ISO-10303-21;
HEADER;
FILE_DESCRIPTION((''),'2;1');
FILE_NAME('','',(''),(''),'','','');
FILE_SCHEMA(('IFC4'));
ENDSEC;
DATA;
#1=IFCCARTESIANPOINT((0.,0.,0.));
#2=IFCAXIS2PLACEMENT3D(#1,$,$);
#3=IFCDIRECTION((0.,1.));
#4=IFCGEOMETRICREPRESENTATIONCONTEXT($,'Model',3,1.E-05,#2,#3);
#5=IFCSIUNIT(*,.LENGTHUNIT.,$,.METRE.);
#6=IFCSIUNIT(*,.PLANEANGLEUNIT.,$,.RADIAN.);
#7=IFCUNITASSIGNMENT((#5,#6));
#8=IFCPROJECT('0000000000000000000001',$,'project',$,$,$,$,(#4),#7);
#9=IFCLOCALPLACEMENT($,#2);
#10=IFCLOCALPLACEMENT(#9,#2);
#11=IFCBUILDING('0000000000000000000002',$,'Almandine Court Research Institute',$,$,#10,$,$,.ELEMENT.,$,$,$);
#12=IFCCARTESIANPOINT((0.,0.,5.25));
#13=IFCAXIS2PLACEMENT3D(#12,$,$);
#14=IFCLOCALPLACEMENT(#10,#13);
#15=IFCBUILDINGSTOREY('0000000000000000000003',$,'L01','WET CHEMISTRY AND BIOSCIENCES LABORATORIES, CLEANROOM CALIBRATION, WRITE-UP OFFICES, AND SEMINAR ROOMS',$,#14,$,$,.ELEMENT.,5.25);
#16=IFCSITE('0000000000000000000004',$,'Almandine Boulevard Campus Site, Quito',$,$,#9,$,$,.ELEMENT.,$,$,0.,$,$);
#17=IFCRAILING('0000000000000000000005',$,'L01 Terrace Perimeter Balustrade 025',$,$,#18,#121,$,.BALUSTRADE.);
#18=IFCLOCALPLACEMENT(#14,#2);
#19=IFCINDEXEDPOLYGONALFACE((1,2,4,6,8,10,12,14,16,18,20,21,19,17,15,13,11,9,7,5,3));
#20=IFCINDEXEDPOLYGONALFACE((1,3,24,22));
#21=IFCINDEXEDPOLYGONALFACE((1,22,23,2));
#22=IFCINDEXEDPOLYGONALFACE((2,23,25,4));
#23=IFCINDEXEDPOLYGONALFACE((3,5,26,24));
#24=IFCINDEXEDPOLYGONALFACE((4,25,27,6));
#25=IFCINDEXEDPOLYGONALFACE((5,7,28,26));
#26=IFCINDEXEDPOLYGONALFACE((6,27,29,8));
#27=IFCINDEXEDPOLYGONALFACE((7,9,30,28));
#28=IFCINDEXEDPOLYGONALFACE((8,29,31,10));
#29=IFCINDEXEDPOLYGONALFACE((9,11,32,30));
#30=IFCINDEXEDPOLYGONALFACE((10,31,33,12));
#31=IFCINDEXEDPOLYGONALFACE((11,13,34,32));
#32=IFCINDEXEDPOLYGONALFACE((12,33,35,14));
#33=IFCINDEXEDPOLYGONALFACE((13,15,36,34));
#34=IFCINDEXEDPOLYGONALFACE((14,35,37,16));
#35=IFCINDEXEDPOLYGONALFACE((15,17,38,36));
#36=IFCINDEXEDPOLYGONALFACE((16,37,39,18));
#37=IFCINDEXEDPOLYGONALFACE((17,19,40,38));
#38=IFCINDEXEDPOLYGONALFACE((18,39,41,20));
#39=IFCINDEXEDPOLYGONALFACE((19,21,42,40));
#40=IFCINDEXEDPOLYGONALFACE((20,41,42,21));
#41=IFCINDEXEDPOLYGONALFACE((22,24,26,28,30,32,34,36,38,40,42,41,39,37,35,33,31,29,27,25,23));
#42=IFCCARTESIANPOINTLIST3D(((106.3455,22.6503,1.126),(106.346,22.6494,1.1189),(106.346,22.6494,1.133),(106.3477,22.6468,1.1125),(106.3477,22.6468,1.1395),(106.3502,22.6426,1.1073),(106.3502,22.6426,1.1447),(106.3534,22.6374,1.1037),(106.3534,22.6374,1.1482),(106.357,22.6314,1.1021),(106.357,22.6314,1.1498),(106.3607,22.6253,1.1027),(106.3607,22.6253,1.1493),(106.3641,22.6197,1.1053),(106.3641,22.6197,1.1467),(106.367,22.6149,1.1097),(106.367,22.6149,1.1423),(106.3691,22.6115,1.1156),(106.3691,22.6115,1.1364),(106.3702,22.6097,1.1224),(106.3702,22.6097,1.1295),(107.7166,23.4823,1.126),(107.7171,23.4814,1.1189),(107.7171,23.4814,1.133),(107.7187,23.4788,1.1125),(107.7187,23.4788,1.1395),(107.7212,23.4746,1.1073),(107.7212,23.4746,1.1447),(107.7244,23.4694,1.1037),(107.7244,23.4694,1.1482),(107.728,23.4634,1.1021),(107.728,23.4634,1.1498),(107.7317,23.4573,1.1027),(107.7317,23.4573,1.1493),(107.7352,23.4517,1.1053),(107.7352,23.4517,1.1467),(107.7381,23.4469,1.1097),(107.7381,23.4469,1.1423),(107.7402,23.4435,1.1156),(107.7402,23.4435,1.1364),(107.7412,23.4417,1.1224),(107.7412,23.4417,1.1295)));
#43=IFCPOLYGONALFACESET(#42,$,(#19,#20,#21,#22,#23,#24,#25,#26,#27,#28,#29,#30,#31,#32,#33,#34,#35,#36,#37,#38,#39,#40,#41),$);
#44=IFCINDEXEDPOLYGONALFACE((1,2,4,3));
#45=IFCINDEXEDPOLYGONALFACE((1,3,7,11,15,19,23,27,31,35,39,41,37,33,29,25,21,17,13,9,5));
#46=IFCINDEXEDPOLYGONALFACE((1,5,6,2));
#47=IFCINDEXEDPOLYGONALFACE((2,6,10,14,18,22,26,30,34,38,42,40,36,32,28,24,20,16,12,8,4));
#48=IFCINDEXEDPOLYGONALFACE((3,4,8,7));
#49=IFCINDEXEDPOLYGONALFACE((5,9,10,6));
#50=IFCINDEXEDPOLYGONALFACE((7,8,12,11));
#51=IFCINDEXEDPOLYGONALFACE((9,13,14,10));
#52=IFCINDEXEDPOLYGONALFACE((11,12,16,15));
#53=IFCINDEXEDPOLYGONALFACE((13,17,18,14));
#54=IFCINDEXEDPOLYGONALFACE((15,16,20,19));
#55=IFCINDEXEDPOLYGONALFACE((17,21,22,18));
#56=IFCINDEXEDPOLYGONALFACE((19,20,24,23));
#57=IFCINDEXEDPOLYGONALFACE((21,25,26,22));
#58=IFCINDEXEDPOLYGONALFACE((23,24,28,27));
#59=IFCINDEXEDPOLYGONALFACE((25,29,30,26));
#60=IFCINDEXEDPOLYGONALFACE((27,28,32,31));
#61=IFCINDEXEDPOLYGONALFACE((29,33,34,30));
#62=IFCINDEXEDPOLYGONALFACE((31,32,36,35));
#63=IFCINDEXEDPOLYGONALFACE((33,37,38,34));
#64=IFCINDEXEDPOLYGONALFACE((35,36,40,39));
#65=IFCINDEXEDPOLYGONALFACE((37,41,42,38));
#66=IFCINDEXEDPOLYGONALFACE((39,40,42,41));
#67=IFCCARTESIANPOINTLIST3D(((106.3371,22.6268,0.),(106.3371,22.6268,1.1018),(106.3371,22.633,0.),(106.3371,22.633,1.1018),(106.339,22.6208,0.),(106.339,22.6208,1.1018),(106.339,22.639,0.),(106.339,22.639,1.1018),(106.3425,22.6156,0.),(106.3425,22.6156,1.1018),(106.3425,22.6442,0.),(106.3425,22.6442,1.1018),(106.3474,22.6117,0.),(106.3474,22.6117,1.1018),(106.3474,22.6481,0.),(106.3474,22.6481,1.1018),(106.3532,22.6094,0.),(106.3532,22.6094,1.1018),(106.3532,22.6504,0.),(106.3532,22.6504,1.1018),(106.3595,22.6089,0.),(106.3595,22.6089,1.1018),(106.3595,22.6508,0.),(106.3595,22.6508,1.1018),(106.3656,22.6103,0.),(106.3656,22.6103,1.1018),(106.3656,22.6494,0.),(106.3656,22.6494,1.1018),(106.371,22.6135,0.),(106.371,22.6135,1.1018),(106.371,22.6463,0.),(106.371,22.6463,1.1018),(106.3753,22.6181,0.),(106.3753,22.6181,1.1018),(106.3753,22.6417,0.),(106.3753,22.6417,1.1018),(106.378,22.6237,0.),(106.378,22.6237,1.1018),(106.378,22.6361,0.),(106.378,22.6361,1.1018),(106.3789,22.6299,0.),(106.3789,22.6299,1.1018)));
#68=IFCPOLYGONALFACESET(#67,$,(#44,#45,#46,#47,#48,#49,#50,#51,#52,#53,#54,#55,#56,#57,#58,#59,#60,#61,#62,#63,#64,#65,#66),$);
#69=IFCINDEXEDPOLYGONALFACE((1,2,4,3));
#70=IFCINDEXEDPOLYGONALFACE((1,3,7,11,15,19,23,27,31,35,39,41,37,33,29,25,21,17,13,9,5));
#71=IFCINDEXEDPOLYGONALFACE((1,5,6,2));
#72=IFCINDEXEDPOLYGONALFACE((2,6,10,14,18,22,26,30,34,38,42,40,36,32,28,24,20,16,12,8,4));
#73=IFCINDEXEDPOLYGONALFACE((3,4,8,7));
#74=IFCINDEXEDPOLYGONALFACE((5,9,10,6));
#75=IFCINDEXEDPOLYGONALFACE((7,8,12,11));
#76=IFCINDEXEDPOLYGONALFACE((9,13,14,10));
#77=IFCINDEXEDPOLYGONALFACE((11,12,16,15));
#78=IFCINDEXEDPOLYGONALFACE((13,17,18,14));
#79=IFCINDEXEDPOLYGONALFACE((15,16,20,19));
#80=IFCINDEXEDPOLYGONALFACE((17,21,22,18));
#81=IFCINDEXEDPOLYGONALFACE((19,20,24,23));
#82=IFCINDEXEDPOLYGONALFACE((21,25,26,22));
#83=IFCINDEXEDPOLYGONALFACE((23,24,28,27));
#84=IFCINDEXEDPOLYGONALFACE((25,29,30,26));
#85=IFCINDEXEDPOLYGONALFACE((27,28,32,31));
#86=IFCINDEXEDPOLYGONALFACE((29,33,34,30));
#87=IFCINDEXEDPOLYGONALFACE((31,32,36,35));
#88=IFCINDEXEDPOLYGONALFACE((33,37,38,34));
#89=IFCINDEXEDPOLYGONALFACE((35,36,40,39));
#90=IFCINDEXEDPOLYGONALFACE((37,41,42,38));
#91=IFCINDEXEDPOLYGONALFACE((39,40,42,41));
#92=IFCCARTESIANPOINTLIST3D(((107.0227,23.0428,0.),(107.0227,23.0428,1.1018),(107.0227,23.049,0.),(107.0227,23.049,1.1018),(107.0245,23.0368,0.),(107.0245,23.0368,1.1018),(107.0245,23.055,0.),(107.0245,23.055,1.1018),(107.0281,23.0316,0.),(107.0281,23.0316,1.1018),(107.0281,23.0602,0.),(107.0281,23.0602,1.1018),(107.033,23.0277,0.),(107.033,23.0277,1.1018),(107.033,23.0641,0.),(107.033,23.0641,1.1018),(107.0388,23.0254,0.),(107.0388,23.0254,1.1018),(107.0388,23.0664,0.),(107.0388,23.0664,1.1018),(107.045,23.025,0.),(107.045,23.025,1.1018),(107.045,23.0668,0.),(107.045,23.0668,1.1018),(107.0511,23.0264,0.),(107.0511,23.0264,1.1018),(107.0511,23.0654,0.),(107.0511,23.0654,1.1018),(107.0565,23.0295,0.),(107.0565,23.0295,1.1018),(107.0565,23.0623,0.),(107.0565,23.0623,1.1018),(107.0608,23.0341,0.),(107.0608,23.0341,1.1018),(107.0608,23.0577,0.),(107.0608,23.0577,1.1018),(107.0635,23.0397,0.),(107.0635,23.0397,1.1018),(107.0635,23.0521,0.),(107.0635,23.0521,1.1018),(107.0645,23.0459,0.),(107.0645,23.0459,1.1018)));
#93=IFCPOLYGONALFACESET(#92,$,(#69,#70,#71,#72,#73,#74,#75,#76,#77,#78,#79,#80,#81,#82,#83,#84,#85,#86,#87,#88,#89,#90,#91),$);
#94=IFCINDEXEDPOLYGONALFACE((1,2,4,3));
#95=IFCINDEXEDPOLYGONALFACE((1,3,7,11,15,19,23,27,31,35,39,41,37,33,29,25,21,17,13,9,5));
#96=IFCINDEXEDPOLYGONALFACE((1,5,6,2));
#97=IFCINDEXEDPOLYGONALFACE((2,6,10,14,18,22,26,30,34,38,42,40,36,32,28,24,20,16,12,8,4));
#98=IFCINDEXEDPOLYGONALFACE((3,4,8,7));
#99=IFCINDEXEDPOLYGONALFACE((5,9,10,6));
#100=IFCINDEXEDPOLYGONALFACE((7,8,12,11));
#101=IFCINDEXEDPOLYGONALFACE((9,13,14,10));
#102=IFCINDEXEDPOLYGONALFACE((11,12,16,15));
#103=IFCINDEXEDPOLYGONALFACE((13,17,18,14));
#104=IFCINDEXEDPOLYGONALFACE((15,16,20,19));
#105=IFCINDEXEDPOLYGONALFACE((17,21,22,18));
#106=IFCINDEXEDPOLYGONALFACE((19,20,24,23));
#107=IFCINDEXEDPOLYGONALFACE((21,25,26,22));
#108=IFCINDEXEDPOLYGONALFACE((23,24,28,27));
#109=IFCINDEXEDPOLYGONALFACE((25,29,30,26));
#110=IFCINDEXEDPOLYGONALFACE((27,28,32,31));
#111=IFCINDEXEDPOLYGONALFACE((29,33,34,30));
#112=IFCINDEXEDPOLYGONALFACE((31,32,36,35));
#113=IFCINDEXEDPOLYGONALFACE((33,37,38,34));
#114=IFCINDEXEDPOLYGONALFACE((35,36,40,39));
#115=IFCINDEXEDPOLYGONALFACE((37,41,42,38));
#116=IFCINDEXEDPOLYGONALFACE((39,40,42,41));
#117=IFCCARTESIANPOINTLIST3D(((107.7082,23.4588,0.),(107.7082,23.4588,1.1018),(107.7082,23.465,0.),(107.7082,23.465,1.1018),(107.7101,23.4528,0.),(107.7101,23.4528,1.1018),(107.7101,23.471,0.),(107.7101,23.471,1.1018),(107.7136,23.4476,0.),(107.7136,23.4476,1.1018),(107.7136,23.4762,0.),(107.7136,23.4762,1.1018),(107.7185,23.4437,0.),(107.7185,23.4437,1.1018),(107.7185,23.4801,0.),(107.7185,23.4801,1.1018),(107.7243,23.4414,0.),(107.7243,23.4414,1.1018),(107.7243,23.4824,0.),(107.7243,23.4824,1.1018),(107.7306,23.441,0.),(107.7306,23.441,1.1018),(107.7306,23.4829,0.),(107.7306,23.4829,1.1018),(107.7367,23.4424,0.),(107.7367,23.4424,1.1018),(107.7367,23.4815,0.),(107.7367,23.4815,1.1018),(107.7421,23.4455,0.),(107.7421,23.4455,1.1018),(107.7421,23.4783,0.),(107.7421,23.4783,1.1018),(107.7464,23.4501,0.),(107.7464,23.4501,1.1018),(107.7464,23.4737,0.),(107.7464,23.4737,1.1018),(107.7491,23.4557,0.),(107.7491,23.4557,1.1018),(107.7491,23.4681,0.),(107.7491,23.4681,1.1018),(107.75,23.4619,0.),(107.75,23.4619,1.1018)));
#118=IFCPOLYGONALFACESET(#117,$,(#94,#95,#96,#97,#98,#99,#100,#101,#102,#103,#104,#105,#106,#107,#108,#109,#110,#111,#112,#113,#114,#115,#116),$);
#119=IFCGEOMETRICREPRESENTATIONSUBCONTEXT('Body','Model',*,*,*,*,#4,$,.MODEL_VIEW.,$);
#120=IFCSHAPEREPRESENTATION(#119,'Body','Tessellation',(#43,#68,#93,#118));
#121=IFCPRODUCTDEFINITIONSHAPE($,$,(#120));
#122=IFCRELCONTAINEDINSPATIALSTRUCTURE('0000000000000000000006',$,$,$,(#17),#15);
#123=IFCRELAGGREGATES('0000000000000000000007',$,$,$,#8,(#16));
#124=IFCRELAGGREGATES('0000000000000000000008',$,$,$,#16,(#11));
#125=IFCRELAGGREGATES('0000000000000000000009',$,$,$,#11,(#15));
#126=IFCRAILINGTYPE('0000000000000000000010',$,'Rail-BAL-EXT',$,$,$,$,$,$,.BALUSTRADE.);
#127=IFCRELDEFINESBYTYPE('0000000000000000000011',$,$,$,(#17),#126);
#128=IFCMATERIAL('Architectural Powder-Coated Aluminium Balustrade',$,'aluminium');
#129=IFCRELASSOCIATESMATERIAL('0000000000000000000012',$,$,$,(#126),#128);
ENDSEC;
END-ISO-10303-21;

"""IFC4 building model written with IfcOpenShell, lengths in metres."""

from ifc_helpers import new_model, si_unit, direction, frame, origin, origin_2d, place, context, subcontext, project, spatial, circle, extrude, material, type_object, element, save


model = new_model("IFC4")

# Units and contexts
model_context = context("Model", 3, precision=1e-05, world=origin(), true_north=direction((0.0, 1.0)))
body_context = subcontext(model_context, "Body", "Model", "MODEL_VIEW")
ifc_project = project(units=[si_unit("LENGTHUNIT", "METRE"), si_unit("PLANEANGLEUNIT", "RADIAN")], contexts=[model_context])

# Site, building, storey
site_placement = place(None, origin())
site = spatial("IfcSite", under=ifc_project, at=site_placement, Name="Almandine Boulevard Campus Site, Quito", CompositionType="ELEMENT", RefElevation=0.0)
building_placement = place(site_placement, origin())
building = spatial("IfcBuilding", under=site, at=building_placement, Name="Almandine Court Research Institute", CompositionType="ELEMENT")
storey_placement = place(building_placement, frame((0.0, 0.0, 5.25)))
storey = spatial("IfcBuildingStorey", under=building, at=storey_placement, Name="L01", Description="WET CHEMISTRY AND BIOSCIENCES LABORATORIES, CLEANROOM CALIBRATION, WRITE-UP OFFICES, AND SEMINAR ROOMS", CompositionType="ELEMENT", Elevation=5.25)

# Railing
ifc_material_1 = material(Name="Architectural Powder-Coated Aluminium Balustrade", Category="aluminium")
railing_type = type_object("IfcRailingType", Name="Rail-BAL-EXT", PredefinedType="BALUSTRADE", material=ifc_material_1)
railing_1_placement = place(storey_placement, frame((106.3579, 22.6299, 0.0)))
element("IfcRailing", 1, at=railing_1_placement, inside=storey, type_object=railing_type, Name="L01 Terrace Perimeter Balustrade 025", PredefinedType="BALUSTRADE", context=body_context, shape_type="SweptSolid", body=[
    extrude(circle(Radius=0.0239, at=origin_2d()), frame((0.0, 0.0, 1.126), z_axis=(0.854903, 0.518787, 0.0), x_axis=(-0.518787, 0.854903, 0.0)), (0.0, 0.0, 1.0), 1.6038),
    extrude(circle(Radius=0.021, at=origin_2d()), origin(), (0.0, 0.0, 1.0), 1.1018),
    extrude(circle(Radius=0.021, at=origin_2d()), frame((0.6855, 0.416, 0.0)), (0.0, 0.0, 1.0), 1.1018),
    extrude(circle(Radius=0.021, at=origin_2d()), frame((1.3711, 0.832, 0.0)), (0.0, 0.0, 1.0), 1.1018),
])

save(model, "model.ifc")
